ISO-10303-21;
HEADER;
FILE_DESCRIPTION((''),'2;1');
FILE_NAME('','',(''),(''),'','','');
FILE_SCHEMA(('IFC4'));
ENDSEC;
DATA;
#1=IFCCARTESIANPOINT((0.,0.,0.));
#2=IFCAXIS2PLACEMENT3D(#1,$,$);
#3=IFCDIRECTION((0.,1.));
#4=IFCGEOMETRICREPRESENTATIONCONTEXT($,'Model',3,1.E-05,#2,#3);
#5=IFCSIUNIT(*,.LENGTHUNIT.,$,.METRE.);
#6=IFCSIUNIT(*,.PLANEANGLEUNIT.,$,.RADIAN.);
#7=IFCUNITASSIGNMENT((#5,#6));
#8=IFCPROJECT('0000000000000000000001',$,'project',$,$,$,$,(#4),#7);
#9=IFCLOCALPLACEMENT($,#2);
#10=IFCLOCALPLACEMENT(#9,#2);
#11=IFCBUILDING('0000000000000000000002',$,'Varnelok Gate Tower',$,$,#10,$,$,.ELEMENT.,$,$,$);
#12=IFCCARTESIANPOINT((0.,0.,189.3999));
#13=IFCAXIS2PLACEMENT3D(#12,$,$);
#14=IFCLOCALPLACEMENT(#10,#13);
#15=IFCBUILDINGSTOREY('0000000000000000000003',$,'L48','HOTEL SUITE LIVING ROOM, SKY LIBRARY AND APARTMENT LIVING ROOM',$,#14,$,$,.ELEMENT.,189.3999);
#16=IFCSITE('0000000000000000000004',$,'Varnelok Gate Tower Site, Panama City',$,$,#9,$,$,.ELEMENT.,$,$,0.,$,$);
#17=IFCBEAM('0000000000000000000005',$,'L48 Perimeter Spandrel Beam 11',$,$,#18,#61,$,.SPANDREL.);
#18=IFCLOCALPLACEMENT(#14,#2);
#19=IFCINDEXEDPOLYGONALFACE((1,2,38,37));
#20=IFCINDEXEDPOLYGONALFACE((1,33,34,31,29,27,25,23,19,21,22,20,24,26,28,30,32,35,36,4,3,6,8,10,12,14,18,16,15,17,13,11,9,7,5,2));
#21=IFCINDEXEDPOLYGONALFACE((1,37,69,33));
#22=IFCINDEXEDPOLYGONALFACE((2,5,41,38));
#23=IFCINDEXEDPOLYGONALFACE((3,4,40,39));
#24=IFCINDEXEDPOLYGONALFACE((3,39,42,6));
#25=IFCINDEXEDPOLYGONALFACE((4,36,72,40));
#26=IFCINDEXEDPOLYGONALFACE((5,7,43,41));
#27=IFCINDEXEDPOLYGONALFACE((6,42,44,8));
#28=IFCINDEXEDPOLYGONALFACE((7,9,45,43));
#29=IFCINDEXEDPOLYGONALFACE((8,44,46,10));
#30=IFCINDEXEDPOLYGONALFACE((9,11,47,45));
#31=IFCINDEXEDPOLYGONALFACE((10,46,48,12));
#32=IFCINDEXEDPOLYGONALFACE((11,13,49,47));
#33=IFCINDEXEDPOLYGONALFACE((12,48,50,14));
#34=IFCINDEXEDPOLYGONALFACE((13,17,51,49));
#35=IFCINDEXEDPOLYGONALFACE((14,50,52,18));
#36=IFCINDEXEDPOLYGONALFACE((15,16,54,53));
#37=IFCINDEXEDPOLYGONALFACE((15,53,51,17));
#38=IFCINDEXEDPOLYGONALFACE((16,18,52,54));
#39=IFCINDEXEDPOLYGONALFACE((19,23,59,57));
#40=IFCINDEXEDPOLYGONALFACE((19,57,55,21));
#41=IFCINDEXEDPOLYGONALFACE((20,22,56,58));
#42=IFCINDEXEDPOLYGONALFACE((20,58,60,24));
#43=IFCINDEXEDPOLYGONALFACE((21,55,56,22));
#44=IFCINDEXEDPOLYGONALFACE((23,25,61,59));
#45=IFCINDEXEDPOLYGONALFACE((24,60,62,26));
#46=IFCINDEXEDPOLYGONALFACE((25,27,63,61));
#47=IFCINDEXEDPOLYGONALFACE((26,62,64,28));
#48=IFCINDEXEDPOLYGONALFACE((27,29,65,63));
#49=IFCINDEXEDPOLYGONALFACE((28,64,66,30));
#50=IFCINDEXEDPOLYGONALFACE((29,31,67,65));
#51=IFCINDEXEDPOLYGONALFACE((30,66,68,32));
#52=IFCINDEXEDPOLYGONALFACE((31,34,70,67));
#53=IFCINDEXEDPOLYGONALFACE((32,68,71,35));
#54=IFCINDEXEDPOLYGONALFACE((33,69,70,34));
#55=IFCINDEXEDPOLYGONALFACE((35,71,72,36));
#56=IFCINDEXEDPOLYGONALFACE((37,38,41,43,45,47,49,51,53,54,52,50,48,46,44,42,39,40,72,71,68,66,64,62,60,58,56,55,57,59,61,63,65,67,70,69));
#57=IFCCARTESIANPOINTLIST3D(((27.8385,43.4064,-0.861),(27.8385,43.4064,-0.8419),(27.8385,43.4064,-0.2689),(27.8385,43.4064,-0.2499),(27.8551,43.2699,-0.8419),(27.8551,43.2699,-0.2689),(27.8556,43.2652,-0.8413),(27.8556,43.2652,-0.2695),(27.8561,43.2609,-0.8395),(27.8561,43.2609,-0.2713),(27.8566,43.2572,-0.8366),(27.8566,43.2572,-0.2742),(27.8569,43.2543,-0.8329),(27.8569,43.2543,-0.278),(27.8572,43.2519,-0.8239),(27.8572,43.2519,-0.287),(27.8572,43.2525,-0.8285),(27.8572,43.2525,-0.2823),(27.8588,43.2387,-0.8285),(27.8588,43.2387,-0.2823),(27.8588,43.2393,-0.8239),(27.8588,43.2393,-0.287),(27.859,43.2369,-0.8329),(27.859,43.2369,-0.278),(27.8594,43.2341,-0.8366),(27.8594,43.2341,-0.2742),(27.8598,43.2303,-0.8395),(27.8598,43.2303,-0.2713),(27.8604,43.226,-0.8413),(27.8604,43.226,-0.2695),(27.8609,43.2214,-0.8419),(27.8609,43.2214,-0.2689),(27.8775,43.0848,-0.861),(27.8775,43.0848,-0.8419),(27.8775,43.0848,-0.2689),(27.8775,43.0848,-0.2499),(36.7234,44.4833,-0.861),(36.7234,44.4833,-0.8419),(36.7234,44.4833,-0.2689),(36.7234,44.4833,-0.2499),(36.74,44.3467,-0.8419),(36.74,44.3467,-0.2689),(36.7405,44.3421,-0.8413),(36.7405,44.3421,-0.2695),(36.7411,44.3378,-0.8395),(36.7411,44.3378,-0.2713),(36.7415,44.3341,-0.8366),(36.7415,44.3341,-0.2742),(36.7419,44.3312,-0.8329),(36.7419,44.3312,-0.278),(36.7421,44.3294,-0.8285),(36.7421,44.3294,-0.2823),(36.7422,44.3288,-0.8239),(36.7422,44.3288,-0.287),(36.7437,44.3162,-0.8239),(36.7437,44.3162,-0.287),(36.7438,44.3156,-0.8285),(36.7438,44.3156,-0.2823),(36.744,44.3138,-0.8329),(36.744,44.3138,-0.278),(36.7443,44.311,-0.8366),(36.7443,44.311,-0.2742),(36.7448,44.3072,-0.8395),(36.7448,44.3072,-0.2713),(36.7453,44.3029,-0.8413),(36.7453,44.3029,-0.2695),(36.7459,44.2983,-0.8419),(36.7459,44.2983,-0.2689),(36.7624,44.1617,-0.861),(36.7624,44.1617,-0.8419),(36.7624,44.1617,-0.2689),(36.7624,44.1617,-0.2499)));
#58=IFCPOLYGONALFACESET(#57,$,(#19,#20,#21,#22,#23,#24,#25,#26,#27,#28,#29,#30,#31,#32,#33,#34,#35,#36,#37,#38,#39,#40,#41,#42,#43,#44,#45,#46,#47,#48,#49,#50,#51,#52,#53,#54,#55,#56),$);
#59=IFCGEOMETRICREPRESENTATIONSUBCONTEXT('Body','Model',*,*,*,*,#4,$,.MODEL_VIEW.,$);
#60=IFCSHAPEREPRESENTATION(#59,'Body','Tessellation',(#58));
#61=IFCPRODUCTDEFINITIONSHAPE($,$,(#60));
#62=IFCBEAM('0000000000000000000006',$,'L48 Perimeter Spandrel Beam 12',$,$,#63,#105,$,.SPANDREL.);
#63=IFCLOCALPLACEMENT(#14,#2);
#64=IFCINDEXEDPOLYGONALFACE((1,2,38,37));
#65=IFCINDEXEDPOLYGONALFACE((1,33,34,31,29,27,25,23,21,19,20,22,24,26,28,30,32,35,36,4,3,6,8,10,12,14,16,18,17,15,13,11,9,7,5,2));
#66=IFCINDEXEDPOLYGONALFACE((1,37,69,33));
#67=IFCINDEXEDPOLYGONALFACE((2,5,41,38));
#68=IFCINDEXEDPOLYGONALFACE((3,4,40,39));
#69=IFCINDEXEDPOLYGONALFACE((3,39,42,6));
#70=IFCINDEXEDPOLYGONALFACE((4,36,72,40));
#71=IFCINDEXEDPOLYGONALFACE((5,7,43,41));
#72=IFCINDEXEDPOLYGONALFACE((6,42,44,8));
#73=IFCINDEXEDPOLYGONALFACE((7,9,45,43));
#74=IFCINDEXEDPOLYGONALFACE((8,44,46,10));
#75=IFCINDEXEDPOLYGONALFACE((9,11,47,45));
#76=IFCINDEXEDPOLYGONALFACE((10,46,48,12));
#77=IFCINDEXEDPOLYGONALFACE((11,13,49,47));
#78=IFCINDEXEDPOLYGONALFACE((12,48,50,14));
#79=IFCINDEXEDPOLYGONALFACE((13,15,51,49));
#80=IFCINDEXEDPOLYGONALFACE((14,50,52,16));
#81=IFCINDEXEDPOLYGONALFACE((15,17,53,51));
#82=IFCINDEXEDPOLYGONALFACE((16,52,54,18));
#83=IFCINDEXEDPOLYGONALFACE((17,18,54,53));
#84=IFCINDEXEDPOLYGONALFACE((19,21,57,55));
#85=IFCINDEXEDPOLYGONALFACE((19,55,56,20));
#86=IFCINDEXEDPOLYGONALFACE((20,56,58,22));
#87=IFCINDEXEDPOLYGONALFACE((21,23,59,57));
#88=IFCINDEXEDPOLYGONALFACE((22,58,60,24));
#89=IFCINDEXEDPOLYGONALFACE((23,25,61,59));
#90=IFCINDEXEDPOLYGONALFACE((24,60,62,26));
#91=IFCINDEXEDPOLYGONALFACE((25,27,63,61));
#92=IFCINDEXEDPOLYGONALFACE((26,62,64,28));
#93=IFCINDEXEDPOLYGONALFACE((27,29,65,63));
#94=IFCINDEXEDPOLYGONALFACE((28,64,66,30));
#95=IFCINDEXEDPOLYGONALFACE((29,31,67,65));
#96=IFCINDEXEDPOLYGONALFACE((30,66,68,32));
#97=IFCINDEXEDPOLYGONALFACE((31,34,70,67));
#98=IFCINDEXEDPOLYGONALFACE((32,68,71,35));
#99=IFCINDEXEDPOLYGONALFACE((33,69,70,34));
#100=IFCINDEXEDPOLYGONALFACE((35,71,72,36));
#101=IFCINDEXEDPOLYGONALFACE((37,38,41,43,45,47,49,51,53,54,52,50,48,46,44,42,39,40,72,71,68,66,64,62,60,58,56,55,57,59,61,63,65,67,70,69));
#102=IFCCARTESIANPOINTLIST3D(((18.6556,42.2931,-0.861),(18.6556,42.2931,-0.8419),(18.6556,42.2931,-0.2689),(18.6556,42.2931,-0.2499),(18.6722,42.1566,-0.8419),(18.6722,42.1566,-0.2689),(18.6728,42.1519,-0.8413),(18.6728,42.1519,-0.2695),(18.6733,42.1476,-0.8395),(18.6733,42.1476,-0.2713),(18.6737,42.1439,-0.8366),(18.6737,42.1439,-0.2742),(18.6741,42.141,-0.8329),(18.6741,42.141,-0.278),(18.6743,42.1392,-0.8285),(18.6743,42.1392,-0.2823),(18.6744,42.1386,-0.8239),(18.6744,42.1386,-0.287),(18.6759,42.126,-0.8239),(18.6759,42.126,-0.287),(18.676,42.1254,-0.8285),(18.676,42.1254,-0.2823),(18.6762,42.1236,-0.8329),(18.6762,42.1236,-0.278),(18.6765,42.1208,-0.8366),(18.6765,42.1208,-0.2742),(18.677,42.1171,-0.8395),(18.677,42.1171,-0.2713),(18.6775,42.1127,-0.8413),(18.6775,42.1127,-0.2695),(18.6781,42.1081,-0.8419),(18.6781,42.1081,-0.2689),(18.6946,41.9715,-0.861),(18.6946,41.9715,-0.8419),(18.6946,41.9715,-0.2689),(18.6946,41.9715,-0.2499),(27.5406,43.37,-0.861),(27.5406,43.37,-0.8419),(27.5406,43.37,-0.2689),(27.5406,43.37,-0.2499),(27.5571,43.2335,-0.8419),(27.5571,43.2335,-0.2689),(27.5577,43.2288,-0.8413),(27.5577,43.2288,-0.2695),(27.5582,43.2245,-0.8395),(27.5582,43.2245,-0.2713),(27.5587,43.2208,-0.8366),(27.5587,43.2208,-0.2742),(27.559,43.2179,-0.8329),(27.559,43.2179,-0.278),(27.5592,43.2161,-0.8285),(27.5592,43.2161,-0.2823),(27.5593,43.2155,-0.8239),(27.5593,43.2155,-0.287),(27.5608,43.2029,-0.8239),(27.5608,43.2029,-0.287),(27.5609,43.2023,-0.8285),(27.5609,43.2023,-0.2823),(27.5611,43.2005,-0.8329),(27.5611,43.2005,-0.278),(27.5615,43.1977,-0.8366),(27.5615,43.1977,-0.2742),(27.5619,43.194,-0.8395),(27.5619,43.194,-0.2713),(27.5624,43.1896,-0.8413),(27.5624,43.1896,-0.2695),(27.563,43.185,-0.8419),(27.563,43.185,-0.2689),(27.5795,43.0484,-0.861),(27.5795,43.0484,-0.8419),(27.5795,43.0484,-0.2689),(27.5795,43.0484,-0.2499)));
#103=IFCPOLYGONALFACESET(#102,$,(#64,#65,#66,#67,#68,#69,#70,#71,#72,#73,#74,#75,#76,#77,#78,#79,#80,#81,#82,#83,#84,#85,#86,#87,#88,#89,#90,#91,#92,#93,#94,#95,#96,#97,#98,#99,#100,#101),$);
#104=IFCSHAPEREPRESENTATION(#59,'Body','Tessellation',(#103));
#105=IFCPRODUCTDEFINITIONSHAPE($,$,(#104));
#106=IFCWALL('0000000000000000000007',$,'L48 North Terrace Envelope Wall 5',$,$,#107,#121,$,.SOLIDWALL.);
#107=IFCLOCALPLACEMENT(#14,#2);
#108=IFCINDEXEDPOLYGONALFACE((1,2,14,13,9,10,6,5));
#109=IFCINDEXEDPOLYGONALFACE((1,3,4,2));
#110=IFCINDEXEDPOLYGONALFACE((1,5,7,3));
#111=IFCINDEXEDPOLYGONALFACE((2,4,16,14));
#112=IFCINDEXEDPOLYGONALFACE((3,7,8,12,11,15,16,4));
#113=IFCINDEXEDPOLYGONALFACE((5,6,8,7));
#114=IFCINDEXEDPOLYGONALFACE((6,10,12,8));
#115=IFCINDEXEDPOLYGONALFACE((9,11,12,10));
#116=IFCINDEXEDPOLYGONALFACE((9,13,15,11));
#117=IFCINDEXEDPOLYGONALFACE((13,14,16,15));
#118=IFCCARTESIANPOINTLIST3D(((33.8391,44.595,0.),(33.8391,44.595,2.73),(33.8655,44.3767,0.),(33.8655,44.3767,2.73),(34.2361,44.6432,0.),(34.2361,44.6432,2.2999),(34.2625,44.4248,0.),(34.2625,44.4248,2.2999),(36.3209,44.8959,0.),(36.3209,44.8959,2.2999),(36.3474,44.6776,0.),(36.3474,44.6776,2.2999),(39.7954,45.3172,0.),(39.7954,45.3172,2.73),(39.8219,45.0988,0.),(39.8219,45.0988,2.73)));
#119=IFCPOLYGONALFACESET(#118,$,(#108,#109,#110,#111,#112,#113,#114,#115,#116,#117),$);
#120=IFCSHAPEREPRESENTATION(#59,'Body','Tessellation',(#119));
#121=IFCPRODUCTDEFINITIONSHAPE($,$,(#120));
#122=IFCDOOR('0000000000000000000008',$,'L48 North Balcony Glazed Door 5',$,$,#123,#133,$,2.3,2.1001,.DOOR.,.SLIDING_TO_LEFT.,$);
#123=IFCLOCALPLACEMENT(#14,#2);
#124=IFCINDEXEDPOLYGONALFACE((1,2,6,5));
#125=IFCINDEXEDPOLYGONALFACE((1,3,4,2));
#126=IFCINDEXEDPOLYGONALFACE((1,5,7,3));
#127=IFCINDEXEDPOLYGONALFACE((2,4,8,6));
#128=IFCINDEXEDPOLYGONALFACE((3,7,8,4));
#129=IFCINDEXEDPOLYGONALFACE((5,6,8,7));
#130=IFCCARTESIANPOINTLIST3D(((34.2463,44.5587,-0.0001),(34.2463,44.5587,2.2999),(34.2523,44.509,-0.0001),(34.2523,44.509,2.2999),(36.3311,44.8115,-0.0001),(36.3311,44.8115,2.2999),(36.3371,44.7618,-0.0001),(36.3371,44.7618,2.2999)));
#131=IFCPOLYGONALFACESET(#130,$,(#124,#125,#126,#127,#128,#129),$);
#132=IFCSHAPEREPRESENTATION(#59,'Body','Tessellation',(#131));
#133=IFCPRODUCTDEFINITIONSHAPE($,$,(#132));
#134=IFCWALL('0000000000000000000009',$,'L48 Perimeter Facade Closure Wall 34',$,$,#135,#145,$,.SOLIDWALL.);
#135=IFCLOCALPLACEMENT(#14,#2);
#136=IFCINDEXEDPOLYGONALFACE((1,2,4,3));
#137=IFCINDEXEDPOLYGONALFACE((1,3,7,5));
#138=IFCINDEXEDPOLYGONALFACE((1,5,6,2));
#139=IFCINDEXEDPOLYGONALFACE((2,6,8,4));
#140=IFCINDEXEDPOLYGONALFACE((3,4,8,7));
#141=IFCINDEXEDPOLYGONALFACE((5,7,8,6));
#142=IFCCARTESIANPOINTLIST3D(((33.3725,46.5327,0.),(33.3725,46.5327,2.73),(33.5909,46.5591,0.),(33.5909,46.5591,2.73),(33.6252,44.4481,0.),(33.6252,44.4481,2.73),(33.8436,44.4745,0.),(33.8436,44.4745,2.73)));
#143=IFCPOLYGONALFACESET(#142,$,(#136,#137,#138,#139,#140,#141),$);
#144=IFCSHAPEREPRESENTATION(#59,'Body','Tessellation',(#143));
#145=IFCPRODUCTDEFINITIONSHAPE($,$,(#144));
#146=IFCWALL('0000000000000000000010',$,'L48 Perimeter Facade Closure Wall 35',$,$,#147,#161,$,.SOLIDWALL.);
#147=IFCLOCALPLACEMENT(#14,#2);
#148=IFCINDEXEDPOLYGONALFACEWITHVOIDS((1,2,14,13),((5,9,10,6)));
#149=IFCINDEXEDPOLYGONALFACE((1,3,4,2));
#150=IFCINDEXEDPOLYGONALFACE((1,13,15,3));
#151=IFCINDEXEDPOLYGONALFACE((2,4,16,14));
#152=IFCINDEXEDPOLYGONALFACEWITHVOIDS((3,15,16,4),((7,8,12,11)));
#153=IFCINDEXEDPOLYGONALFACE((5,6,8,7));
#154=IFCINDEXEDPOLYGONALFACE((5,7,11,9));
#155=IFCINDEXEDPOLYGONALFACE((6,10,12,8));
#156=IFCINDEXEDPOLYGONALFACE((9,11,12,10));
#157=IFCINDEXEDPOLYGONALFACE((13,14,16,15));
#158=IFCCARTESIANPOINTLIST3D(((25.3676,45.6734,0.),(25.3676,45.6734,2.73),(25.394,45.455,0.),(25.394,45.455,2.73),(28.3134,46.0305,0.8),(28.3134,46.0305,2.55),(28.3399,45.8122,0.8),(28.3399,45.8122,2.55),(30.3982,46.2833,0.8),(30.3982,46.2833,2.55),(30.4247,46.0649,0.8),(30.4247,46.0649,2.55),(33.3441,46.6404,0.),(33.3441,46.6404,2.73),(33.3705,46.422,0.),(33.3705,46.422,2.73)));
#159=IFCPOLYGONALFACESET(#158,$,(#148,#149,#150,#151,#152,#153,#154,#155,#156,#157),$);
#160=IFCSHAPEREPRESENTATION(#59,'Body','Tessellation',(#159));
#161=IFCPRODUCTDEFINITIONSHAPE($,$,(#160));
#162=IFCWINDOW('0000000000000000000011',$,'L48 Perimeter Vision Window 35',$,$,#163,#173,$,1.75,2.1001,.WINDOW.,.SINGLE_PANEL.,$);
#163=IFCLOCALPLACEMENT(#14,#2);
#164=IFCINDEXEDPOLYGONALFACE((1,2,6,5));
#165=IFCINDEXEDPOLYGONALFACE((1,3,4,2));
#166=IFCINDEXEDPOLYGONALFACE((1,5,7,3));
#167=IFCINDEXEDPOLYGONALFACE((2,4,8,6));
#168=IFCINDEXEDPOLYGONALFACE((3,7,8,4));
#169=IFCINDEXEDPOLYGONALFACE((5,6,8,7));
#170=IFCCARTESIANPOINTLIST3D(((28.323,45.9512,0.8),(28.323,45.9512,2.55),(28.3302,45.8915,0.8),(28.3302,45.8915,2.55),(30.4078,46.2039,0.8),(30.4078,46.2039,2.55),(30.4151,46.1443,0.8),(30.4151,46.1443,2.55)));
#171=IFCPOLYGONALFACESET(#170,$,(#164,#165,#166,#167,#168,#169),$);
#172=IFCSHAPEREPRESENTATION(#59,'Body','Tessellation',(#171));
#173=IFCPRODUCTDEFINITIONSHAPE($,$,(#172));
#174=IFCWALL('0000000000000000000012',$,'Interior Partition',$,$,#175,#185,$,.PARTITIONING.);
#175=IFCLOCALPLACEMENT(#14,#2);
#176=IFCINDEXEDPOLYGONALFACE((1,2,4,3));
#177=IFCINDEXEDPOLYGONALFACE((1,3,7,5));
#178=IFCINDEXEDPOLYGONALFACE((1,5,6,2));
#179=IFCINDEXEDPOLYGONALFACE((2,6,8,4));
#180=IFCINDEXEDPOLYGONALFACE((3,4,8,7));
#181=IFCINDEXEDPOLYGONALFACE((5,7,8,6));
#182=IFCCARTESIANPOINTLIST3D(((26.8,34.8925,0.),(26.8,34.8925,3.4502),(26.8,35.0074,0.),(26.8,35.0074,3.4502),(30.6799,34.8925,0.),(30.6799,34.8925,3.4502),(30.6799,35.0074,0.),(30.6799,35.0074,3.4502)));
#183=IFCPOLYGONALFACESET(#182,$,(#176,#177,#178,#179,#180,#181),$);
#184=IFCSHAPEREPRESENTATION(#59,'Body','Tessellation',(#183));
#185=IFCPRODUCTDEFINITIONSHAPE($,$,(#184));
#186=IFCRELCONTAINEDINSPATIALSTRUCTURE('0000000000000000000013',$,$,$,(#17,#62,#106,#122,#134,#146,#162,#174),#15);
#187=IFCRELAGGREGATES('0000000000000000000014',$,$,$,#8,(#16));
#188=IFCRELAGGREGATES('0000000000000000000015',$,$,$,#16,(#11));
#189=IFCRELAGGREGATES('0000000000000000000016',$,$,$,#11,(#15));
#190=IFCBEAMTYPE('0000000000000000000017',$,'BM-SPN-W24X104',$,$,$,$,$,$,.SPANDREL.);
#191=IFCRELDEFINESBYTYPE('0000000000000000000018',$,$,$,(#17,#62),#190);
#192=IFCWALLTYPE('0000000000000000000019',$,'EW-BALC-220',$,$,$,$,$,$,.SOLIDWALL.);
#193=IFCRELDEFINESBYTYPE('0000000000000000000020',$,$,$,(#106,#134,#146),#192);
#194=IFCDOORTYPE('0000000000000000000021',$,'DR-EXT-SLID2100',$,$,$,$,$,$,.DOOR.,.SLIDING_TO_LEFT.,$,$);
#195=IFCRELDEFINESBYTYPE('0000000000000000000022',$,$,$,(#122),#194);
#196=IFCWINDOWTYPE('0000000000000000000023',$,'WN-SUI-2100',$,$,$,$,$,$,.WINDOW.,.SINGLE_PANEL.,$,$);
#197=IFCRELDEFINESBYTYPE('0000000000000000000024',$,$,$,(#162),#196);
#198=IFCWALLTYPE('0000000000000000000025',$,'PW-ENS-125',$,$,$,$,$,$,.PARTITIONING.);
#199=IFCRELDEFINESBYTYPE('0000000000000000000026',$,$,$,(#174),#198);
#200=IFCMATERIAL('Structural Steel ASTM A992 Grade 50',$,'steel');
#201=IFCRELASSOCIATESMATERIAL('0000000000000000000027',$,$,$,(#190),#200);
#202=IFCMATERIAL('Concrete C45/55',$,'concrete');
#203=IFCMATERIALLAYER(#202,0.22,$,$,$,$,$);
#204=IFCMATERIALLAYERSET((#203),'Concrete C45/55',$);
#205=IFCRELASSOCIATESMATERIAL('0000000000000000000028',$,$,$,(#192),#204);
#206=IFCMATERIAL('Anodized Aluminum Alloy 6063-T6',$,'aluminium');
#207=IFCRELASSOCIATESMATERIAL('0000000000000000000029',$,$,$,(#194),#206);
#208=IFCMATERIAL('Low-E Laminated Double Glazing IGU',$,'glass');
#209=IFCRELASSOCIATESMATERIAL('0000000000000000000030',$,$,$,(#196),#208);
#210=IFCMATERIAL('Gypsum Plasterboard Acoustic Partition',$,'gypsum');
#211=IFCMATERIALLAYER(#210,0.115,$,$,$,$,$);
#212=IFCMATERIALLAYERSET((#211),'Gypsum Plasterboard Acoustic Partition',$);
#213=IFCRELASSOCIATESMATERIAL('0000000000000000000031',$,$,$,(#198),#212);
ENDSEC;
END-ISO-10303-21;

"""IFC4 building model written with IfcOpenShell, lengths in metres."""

from ifc_helpers import new_model, si_unit, direction, frame, frame_2d, origin, origin_2d, place, context, subcontext, project, spatial, rectangle, i_section, extrude, material, layer, layer_set, material_profile, profile_set, type_object, element, fill, save


model = new_model("IFC4")

# Units and contexts
model_context = context("Model", 3, precision=1e-05, world=origin(), true_north=direction((0.0, 1.0)))
body_context = subcontext(model_context, "Body", "Model", "MODEL_VIEW")
ifc_project = project(units=[si_unit("LENGTHUNIT", "METRE"), si_unit("PLANEANGLEUNIT", "RADIAN")], contexts=[model_context])

# Site, building, storey
site_placement = place(None, origin())
site = spatial("IfcSite", under=ifc_project, at=site_placement, Name="Varnelok Gate Tower Site, Panama City", CompositionType="ELEMENT", RefElevation=0.0)
building_placement = place(site_placement, origin())
building = spatial("IfcBuilding", under=site, at=building_placement, Name="Varnelok Gate Tower", CompositionType="ELEMENT")
storey_placement = place(building_placement, frame((0.0, 0.0, 189.3999)))
storey = spatial("IfcBuildingStorey", under=building, at=storey_placement, Name="L48", Description="HOTEL SUITE LIVING ROOM, SKY LIBRARY AND APARTMENT LIVING ROOM", CompositionType="ELEMENT", Elevation=189.3999)

# Shared definitions
ifc_material_1 = material(Name="Structural Steel ASTM A992 Grade 50", Category="steel")

# Beams
ifc_material_profile_1 = material_profile(ifc_material_1, i_section(OverallWidth=0.324, OverallDepth=0.6111, WebThickness=0.0127, FlangeThickness=0.019, FilletRadius=0.0181, at=origin_2d()), Name="W24X104")
ifc_profile_set_1 = profile_set([ifc_material_profile_1], Name="Structural Steel ASTM A992 Grade 50")
beam_type_1 = type_object("IfcBeamType", Name="BM-SPN-W24X104", PredefinedType="SPANDREL", material=ifc_profile_set_1)
for number, where, z_axis, x_axis, name in (
    (1, (36.7429, 44.3225, -0.5554), (-0.992735, -0.120324, 0.0), (0.120324, -0.992735, 0.0), "L48 Perimeter Spandrel Beam 11"),
    (2, (27.5601, 43.2092, -0.5554), (-0.992735, -0.120324, 0.0), (0.120324, -0.992735, 0.0), "L48 Perimeter Spandrel Beam 12"),
):
    element("IfcBeam", number, at=place(storey_placement, frame(where, z_axis=z_axis, x_axis=x_axis)), inside=storey, type_object=beam_type_1, Name=name, PredefinedType="SPANDREL", context=body_context, shape_type="SweptSolid", body=[
        extrude(i_section(OverallWidth=0.324, OverallDepth=0.6111, WebThickness=0.0127, FlangeThickness=0.019, FilletRadius=0.0181, at=origin_2d()), origin(), (0.0, 0.0, 1.0), 8.95),
    ])

# Wall, opening, door
ifc_material_2 = material(Name="Concrete C45/55", Category="concrete")
ifc_layer_1 = layer(ifc_material_2, 0.22)
ifc_layer_set_1 = layer_set([ifc_layer_1], Name="Concrete C45/55")
wall_type_1 = type_object("IfcWallType", Name="EW-BALC-220", PredefinedType="SOLIDWALL", material=ifc_layer_set_1)
wall_1_placement = place(storey_placement, frame((33.8523, 44.4858, 0.0), z_axis=(0.0, 0.0, 1.0), x_axis=(0.99273, 0.120363, 0.0)))
wall_1 = element("IfcWall", 3, at=wall_1_placement, inside=storey, type_object=wall_type_1, Name="L48 North Terrace Envelope Wall 5", PredefinedType="SOLIDWALL", context=body_context, shape_type="SweptSolid", body=[
    extrude(rectangle(XDim=6.0, YDim=0.22, at=frame_2d((3.0, 0.0))), origin(), (0.0, 0.0, 1.0), 2.73),
])
opening_1_placement = place(wall_1_placement, frame((0.3999, 0.0, 0.0)))
opening_1 = element("IfcOpeningElement", 4, at=opening_1_placement, cuts=wall_1, PredefinedType="OPENING", context=body_context, shape_type="SweptSolid", body=[
    extrude(rectangle(XDim=2.1001, YDim=2.3, at=frame_2d((1.05, 1.1499))), frame((0.0, 0.1199, 0.0), z_axis=(0.0, -1.0, 0.0), x_axis=(1.0, 0.0, 0.0)), (0.0, 0.0, 1.0), 0.24),
])
ifc_material_3 = material(Name="Anodized Aluminum Alloy 6063-T6", Category="aluminium")
door_type_1 = type_object("IfcDoorType", Name="DR-EXT-SLID2100", OperationType="SLIDING_TO_LEFT", PredefinedType="DOOR", material=ifc_material_3)
door_1_placement = place(opening_1_placement, origin())
door_1 = element("IfcDoor", 5, at=door_1_placement, inside=storey, type_object=door_type_1, Name="L48 North Balcony Glazed Door 5", OperationType="SLIDING_TO_LEFT", OverallHeight=2.3, OverallWidth=2.1001, PredefinedType="DOOR", context=body_context, shape_type="SweptSolid", body=[
    extrude(rectangle(XDim=2.1001, YDim=2.3, at=frame_2d((1.05, 1.1499))), frame((0.0, 0.0249, 0.0), z_axis=(0.0, -1.0, 0.0), x_axis=(1.0, 0.0, 0.0)), (0.0, 0.0, 1.0), 0.05),
])
fill(opening_1, door_1)

# Wall
wall_2_placement = place(storey_placement, frame((33.7344, 44.4614, 0.0), z_axis=(0.0, 0.0, 1.0), x_axis=(-0.120328, 0.992734, 0.0)))
element("IfcWall", 6, at=wall_2_placement, inside=storey, type_object=wall_type_1, Name="L48 Perimeter Facade Closure Wall 34", PredefinedType="SOLIDWALL", context=body_context, shape_type="SweptSolid", body=[
    extrude(rectangle(XDim=2.0999, YDim=0.22, at=frame_2d((1.0498, 0.0))), origin(), (0.0, 0.0, 1.0), 2.73),
])

# Wall, opening, window
wall_3_placement = place(storey_placement, frame((33.3574, 46.5312, 0.0), z_axis=(0.0, 0.0, 1.0), x_axis=(-0.992731, -0.120354, 0.0)))
wall_3 = element("IfcWall", 7, at=wall_3_placement, inside=storey, type_object=wall_type_1, Name="L48 Perimeter Facade Closure Wall 35", PredefinedType="SOLIDWALL", context=body_context, shape_type="SweptSolid", body=[
    extrude(rectangle(XDim=8.0349, YDim=0.22, at=frame_2d((4.0176, 0.0))), origin(), (0.0, 0.0, 1.0), 2.73),
])
opening_2_placement = place(wall_3_placement, frame((2.9675, 0.0, 0.8)))
opening_2 = element("IfcOpeningElement", 8, at=opening_2_placement, cuts=wall_3, PredefinedType="OPENING", context=body_context, shape_type="SweptSolid", body=[
    extrude(rectangle(XDim=2.1001, YDim=1.75, at=frame_2d((1.05, 0.875))), frame((0.0, 0.1199, 0.0), z_axis=(0.0, -1.0, 0.0), x_axis=(1.0, 0.0, 0.0)), (0.0, 0.0, 1.0), 0.24),
])
ifc_material_4 = material(Name="Low-E Laminated Double Glazing IGU", Category="glass")
window_type = type_object("IfcWindowType", Name="WN-SUI-2100", PartitioningType="SINGLE_PANEL", PredefinedType="WINDOW", material=ifc_material_4)
window_placement = place(opening_2_placement, origin())
window = element("IfcWindow", 9, at=window_placement, inside=storey, type_object=window_type, Name="L48 Perimeter Vision Window 35", OverallHeight=1.75, OverallWidth=2.1001, PartitioningType="SINGLE_PANEL", PredefinedType="WINDOW", context=body_context, shape_type="SweptSolid", body=[
    extrude(rectangle(XDim=2.1001, YDim=1.75, at=frame_2d((1.05, 0.875))), frame((0.0, 0.03, 0.0), z_axis=(0.0, -1.0, 0.0), x_axis=(1.0, 0.0, 0.0)), (0.0, 0.0, 1.0), 0.0601),
])
fill(opening_2, window)

# Wall
ifc_material_5 = material(Name="Gypsum Plasterboard Acoustic Partition", Category="gypsum")
ifc_layer_2 = layer(ifc_material_5, 0.115)
ifc_layer_set_2 = layer_set([ifc_layer_2], Name="Gypsum Plasterboard Acoustic Partition")
wall_type_2 = type_object("IfcWallType", Name="PW-ENS-125", PredefinedType="PARTITIONING", material=ifc_layer_set_2)
wall_4_placement = place(storey_placement, frame((26.8, 34.95, 0.0), z_axis=(0.0, 0.0, 1.0), x_axis=(1.0, 0.0, 0.0)))
element("IfcWall", 10, at=wall_4_placement, inside=storey, type_object=wall_type_2, Name="Interior Partition", PredefinedType="PARTITIONING", context=body_context, shape_type="SweptSolid", body=[
    extrude(rectangle(XDim=3.8799, YDim=0.115, at=frame_2d((1.9399, 0.0))), origin(), (0.0, 0.0, 1.0), 3.4502),
])

save(model, "model.ifc")
